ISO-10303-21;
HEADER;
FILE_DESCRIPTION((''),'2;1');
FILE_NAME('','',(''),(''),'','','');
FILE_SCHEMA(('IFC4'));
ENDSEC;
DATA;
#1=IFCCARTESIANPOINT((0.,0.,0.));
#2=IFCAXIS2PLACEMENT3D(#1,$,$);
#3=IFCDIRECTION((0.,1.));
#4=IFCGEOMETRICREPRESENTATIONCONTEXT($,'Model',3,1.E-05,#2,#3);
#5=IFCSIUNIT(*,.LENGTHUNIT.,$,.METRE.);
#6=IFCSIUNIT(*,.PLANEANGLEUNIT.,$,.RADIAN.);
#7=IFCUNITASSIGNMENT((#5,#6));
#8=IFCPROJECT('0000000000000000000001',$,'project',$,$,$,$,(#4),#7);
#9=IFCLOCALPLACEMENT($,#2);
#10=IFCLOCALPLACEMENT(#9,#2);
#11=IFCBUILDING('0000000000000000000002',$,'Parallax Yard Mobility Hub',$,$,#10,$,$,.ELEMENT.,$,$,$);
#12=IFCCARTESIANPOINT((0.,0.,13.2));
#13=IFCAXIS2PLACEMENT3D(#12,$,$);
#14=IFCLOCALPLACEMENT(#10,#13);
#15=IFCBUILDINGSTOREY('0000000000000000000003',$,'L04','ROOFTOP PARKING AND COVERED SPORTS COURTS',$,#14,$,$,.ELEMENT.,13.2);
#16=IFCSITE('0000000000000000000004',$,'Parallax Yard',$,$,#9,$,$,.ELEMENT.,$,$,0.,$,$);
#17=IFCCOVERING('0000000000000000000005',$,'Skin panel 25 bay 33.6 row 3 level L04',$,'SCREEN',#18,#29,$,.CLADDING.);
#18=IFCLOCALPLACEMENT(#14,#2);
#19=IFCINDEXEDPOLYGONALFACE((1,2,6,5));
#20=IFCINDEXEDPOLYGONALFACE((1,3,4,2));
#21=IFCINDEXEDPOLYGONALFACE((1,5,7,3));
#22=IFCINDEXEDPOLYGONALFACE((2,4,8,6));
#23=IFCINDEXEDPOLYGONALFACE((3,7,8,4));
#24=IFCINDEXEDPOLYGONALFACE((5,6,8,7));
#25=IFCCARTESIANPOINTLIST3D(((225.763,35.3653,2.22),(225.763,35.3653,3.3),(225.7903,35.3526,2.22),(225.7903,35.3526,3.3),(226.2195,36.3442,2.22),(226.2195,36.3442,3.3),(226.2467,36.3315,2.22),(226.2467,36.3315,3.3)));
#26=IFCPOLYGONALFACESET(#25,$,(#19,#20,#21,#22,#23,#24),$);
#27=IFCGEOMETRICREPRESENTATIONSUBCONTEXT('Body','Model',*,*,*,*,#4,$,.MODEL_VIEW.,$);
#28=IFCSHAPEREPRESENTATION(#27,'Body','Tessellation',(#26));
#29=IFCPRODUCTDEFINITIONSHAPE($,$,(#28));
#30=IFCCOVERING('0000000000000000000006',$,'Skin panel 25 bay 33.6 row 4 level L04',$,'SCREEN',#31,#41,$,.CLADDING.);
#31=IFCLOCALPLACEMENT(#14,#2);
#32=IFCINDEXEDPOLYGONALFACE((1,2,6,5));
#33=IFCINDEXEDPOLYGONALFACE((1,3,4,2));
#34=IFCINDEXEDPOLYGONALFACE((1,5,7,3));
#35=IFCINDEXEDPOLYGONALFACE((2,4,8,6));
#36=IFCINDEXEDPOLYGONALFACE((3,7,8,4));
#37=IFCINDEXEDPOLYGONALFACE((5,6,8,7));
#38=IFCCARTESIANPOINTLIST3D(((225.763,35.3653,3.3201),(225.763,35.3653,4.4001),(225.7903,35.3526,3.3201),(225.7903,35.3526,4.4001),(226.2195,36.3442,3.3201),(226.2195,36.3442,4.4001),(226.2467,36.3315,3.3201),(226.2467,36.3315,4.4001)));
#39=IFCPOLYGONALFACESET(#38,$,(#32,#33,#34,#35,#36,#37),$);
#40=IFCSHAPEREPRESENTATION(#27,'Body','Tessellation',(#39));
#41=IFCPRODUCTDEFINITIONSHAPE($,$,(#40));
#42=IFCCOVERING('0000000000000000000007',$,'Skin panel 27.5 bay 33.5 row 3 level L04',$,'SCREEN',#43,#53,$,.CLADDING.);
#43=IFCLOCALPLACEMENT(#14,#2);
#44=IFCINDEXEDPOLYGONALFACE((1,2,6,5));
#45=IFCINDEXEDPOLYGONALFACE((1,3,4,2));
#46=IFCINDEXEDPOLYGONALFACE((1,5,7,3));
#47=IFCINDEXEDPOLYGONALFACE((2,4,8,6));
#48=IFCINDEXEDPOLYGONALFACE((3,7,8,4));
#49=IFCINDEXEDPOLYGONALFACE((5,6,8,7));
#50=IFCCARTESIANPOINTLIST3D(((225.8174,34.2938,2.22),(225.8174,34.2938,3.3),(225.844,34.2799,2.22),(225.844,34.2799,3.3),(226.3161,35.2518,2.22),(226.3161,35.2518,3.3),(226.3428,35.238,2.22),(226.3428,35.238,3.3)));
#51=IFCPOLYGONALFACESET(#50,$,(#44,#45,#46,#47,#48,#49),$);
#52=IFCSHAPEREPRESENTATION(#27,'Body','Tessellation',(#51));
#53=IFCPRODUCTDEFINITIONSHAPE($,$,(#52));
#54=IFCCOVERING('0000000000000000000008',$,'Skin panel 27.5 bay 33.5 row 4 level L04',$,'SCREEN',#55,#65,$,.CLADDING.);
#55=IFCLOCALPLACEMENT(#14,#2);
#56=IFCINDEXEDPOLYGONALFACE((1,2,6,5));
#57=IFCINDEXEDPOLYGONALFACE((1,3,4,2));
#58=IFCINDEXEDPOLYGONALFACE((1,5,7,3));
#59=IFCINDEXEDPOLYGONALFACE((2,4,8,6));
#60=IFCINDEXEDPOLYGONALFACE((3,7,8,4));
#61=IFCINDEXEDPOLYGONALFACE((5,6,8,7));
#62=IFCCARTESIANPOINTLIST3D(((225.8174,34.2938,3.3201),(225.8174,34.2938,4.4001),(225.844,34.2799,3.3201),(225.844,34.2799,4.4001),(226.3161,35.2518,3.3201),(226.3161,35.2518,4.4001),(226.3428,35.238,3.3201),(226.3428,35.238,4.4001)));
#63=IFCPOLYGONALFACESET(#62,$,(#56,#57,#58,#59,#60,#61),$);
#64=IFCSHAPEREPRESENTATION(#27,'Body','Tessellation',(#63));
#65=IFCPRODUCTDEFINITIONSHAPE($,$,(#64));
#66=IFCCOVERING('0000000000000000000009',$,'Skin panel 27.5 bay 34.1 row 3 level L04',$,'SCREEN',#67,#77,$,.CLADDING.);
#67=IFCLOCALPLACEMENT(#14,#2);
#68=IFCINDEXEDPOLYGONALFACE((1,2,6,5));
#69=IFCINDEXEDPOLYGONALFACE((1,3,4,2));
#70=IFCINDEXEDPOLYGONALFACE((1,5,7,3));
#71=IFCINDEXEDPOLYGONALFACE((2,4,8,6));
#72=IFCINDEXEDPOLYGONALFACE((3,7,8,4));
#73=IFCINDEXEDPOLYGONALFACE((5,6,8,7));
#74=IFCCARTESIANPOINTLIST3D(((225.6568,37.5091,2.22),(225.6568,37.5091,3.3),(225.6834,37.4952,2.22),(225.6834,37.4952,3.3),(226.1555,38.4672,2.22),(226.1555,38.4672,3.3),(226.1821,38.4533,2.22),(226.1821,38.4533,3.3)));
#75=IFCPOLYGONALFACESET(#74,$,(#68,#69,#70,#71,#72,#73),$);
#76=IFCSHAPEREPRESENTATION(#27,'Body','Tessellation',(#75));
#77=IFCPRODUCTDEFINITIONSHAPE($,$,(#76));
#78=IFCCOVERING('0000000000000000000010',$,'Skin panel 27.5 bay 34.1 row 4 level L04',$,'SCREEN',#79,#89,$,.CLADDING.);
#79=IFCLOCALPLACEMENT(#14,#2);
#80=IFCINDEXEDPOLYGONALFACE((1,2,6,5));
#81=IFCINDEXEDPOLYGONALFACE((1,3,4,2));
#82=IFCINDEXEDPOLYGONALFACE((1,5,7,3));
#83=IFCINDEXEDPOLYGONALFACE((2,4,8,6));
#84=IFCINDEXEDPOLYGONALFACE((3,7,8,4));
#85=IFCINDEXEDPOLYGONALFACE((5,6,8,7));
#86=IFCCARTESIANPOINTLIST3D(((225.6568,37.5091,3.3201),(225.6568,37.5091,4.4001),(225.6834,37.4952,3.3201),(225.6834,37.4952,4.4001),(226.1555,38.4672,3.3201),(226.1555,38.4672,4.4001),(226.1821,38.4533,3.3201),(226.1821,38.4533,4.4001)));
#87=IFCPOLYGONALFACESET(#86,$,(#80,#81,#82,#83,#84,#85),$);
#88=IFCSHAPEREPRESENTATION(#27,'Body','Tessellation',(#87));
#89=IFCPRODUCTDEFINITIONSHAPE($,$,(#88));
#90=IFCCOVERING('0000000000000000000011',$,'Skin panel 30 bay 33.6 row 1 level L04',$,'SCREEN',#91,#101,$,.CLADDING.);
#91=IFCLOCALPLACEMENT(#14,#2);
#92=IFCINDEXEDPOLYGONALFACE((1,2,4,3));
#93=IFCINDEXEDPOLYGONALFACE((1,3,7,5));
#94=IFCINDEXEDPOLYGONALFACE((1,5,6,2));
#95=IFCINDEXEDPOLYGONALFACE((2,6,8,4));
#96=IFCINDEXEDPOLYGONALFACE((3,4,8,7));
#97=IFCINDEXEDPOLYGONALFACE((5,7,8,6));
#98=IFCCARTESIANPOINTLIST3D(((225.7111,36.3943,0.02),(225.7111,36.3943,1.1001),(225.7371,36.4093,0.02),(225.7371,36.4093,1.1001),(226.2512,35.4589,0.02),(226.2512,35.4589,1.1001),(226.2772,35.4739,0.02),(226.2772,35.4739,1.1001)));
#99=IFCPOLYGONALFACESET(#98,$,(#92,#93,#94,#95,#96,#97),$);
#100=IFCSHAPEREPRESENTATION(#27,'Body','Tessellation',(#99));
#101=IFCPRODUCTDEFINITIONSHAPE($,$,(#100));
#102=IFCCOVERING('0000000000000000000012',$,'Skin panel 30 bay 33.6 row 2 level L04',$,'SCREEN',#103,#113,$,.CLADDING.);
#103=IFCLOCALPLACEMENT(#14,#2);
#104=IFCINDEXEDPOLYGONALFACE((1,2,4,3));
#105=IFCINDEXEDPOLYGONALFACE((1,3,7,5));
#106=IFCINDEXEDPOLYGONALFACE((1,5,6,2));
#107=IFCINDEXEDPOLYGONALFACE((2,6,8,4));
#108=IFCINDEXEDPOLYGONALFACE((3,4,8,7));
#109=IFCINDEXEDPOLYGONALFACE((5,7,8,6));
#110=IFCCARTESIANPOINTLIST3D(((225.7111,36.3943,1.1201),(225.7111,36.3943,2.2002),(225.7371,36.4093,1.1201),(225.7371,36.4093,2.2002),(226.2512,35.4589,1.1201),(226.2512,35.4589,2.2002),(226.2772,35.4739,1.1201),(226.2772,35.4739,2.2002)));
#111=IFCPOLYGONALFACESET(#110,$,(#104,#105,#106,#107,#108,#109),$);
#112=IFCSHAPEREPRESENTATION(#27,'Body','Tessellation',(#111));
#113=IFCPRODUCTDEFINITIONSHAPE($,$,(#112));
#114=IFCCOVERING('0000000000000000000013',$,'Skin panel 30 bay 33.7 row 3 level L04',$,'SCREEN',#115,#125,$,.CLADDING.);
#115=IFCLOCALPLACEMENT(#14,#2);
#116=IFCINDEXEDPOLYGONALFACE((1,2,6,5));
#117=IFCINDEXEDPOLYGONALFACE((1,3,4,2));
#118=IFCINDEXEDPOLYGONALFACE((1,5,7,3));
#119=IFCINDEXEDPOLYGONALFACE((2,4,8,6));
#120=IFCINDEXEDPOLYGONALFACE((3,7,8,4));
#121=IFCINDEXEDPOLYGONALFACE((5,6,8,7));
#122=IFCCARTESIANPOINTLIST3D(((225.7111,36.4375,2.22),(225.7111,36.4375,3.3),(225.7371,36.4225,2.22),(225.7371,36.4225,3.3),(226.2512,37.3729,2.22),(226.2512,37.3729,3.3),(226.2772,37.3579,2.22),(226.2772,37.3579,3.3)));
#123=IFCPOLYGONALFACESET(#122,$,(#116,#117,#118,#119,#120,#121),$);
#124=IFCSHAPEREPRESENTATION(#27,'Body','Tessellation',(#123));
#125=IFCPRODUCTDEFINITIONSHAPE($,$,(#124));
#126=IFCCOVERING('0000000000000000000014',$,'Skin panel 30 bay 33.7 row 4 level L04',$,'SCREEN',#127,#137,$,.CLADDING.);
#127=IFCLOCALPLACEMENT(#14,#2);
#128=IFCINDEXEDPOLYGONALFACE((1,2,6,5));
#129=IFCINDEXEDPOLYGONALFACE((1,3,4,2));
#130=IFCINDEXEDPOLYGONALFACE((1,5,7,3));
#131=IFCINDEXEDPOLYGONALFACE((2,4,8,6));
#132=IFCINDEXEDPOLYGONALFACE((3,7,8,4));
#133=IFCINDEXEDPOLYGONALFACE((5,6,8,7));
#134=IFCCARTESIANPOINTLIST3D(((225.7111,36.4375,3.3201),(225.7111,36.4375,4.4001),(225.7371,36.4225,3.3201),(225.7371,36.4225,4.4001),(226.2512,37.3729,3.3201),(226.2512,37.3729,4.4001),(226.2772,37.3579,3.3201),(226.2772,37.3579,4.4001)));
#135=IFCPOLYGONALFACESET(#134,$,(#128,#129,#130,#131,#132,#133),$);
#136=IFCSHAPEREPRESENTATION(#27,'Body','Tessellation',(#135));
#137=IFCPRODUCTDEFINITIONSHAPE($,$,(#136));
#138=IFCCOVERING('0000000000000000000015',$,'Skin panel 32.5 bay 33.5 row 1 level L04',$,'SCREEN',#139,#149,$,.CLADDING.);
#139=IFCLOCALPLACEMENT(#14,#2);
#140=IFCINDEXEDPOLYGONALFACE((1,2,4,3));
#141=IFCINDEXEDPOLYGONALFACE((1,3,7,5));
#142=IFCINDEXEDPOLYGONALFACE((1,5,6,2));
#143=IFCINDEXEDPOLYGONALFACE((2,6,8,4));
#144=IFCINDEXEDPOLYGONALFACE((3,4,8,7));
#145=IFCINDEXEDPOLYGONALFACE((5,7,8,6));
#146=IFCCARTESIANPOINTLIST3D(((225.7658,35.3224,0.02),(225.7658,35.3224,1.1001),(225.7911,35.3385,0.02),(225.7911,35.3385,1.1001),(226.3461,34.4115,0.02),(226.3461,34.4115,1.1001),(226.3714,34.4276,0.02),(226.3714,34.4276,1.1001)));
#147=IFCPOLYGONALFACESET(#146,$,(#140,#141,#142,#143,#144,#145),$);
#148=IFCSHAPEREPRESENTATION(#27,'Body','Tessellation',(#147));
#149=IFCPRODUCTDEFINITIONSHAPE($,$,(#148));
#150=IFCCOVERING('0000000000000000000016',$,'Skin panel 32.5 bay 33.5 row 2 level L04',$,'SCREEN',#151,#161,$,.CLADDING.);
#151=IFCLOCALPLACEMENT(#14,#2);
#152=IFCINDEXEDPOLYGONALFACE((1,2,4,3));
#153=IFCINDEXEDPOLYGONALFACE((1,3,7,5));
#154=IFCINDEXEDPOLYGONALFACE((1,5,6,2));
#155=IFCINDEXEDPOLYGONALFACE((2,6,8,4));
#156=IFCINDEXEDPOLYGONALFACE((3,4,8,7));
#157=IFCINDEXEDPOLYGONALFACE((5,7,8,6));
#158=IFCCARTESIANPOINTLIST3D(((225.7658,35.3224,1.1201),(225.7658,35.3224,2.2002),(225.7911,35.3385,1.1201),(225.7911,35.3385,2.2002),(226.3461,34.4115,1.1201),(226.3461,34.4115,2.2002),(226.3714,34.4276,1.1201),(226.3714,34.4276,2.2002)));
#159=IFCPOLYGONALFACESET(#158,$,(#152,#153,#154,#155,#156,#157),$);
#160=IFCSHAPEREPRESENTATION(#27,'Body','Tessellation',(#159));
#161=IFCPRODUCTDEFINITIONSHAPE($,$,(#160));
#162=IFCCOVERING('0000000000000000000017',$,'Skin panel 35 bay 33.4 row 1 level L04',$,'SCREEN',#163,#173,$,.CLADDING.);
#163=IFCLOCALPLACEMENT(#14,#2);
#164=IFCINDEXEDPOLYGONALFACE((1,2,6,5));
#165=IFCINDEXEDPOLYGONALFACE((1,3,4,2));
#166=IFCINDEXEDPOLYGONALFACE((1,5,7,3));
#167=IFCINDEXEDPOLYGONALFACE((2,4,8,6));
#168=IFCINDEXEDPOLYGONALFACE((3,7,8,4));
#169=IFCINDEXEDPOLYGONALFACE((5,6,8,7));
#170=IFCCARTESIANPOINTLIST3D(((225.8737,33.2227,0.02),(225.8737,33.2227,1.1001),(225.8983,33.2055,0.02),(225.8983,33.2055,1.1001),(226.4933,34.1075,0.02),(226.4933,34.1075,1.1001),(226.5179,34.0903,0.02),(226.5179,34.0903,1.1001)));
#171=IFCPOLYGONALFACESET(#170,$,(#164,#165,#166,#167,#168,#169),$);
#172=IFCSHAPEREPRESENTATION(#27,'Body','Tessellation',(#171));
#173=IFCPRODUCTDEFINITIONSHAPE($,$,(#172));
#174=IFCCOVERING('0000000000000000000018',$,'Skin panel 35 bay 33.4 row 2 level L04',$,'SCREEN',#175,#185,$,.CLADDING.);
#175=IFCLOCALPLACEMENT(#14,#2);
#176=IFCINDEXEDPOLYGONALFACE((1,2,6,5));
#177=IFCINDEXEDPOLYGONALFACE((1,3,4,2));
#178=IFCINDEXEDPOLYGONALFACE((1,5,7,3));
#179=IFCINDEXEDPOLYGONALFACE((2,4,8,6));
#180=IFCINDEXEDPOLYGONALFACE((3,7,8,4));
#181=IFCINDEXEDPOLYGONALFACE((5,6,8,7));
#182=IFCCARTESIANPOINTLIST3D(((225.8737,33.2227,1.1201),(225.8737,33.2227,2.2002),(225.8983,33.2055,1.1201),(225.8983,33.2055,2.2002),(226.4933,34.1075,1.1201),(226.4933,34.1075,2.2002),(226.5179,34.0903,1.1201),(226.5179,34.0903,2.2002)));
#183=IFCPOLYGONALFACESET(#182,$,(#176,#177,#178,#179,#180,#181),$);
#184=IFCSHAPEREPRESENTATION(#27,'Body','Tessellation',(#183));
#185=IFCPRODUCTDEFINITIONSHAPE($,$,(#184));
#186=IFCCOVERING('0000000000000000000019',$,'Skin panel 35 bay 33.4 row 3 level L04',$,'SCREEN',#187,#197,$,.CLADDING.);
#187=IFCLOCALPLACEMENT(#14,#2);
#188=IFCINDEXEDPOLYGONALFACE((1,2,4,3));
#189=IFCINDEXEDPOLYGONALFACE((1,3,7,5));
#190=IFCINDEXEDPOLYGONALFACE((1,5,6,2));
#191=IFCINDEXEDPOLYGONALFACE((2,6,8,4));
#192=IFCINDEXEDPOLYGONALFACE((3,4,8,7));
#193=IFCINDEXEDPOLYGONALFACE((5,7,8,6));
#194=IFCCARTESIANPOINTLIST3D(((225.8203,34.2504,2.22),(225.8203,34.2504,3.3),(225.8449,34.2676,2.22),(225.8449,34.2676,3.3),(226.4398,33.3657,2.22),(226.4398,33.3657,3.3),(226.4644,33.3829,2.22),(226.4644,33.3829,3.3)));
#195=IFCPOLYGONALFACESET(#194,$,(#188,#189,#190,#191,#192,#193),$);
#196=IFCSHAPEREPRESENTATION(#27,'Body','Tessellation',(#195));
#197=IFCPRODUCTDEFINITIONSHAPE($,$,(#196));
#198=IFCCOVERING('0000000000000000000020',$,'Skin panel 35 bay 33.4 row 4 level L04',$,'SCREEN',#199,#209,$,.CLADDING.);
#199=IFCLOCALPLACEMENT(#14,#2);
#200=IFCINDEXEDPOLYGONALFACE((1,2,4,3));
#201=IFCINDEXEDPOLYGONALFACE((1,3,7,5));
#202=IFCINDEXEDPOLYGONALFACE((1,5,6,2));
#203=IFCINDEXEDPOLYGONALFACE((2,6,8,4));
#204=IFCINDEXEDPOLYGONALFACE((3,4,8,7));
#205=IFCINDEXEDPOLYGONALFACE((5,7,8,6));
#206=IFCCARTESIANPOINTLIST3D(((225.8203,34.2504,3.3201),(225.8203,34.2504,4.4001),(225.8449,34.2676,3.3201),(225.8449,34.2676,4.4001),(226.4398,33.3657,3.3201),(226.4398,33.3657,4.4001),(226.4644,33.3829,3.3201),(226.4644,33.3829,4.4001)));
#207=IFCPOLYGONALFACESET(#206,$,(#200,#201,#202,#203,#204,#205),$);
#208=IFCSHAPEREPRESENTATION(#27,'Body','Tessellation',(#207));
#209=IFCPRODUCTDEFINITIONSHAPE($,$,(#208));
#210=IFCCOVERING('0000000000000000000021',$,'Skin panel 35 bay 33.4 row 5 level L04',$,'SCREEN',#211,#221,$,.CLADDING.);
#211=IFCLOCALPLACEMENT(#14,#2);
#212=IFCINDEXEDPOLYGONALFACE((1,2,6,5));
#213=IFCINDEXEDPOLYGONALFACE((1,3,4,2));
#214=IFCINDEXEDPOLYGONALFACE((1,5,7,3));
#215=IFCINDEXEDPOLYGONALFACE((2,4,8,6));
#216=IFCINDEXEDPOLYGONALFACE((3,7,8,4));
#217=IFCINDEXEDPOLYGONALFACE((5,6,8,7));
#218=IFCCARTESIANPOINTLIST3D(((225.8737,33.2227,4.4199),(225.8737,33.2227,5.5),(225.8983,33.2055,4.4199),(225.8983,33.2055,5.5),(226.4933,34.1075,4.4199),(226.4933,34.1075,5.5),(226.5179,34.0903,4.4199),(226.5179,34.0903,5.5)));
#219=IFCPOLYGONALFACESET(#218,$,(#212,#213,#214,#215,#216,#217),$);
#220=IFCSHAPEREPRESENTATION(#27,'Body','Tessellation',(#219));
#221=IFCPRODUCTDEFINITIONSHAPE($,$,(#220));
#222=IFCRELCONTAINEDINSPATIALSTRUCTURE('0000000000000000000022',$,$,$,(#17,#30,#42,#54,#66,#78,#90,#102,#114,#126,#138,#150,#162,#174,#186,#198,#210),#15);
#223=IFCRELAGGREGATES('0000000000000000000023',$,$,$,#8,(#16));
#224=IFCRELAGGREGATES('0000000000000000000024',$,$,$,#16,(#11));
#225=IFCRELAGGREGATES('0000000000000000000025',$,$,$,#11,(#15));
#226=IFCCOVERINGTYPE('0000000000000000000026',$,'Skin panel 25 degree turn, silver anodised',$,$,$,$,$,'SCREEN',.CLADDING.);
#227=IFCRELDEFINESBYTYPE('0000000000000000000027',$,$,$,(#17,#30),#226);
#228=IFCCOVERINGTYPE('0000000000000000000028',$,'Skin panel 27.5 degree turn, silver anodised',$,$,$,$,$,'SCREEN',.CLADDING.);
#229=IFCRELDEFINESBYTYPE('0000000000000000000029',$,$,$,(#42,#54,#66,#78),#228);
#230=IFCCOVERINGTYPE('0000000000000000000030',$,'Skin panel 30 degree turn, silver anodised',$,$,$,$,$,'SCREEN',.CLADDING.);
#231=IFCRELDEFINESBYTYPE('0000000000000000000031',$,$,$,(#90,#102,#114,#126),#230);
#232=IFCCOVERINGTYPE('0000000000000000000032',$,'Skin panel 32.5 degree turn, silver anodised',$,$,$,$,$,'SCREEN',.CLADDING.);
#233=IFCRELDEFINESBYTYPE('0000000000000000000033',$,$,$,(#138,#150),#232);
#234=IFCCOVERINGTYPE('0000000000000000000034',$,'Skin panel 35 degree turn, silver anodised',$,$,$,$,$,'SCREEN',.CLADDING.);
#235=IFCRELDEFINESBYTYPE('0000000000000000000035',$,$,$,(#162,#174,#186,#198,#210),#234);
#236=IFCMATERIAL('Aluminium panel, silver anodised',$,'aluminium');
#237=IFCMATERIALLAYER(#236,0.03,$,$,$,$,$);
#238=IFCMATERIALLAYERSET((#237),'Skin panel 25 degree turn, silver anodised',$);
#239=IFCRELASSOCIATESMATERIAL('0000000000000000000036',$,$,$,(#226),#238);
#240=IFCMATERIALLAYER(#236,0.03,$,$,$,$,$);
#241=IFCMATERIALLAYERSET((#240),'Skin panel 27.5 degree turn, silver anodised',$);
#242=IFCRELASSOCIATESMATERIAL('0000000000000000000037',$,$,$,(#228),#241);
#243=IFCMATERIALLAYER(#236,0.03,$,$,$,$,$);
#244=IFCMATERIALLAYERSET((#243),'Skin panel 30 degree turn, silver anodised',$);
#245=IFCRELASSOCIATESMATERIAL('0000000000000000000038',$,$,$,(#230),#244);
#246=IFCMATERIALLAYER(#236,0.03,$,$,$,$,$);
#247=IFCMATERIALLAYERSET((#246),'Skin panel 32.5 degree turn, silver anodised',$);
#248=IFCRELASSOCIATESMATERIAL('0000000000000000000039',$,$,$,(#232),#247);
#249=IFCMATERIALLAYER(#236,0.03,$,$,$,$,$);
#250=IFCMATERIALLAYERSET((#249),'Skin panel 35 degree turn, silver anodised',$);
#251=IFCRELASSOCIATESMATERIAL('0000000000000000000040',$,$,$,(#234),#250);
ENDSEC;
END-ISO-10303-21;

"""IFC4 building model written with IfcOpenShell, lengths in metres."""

from ifc_helpers import new_model, si_unit, direction, frame, origin, origin_2d, place, context, subcontext, project, spatial, rectangle, extrude, material, layer, layer_set, type_object, element, save


model = new_model("IFC4")

# Units and contexts
model_context = context("Model", 3, precision=1e-05, world=origin(), true_north=direction((0.0, 1.0)))
body_context = subcontext(model_context, "Body", "Model", "MODEL_VIEW")
ifc_project = project(units=[si_unit("LENGTHUNIT", "METRE"), si_unit("PLANEANGLEUNIT", "RADIAN")], contexts=[model_context])

# Site, building, storey
site_placement = place(None, origin())
site = spatial("IfcSite", under=ifc_project, at=site_placement, Name="Parallax Yard", CompositionType="ELEMENT", RefElevation=0.0)
building_placement = place(site_placement, origin())
building = spatial("IfcBuilding", under=site, at=building_placement, Name="Parallax Yard Mobility Hub", CompositionType="ELEMENT")
storey_placement = place(building_placement, frame((0.0, 0.0, 13.2)))
storey = spatial("IfcBuildingStorey", under=building, at=storey_placement, Name="L04", Description="ROOFTOP PARKING AND COVERED SPORTS COURTS", CompositionType="ELEMENT", Elevation=13.2)

# Coverings
ifc_material_1 = material(Name="Aluminium panel, silver anodised", Category="aluminium")
ifc_layer_1 = layer(ifc_material_1, 0.03)
ifc_layer_set_1 = layer_set([ifc_layer_1], Name="Skin panel 25 degree turn, silver anodised")
covering_type_1 = type_object("IfcCoveringType", Name="Skin panel 25 degree turn, silver anodised", ElementType="SCREEN", PredefinedType="CLADDING", material=ifc_layer_set_1)
for number, where, z_axis, x_axis, name in (
    (1, (226.0049, 35.8484, 2.22), (0.0, 0.0, 1.0), (0.422618, 0.906308, 0.0), "Skin panel 25 bay 33.6 row 3 level L04"),
    (2, (226.0049, 35.8484, 3.3201), (0.0, 0.0, 1.0), (0.422618, 0.906308, 0.0), "Skin panel 25 bay 33.6 row 4 level L04"),
):
    element("IfcCovering", number, at=place(storey_placement, frame(where, z_axis=z_axis, x_axis=x_axis)), inside=storey, type_object=covering_type_1, Name=name, ObjectType="SCREEN", PredefinedType="CLADDING", context=body_context, shape_type="SweptSolid", body=[
        extrude(rectangle(XDim=1.0801, YDim=0.03, at=origin_2d()), origin(), (0.0, 0.0, 1.0), 1.0801),
    ])
ifc_layer_2 = layer(ifc_material_1, 0.03)
ifc_layer_set_2 = layer_set([ifc_layer_2], Name="Skin panel 27.5 degree turn, silver anodised")
covering_type_2 = type_object("IfcCoveringType", Name="Skin panel 27.5 degree turn, silver anodised", ElementType="SCREEN", PredefinedType="CLADDING", material=ifc_layer_set_2)
for number, where, z_axis, x_axis, name in (
    (3, (226.0801, 34.7659, 2.22), (0.0, 0.0, 1.0), (0.461749, 0.887011, 0.0), "Skin panel 27.5 bay 33.5 row 3 level L04"),
    (4, (226.0801, 34.7659, 3.3201), (0.0, 0.0, 1.0), (0.461749, 0.887011, 0.0), "Skin panel 27.5 bay 33.5 row 4 level L04"),
    (5, (225.9194, 37.9812, 2.22), (0.0, 0.0, 1.0), (0.461749, 0.887011, 0.0), "Skin panel 27.5 bay 34.1 row 3 level L04"),
    (6, (225.9194, 37.9812, 3.3201), (0.0, 0.0, 1.0), (0.461749, 0.887011, 0.0), "Skin panel 27.5 bay 34.1 row 4 level L04"),
):
    element("IfcCovering", number, at=place(storey_placement, frame(where, z_axis=z_axis, x_axis=x_axis)), inside=storey, type_object=covering_type_2, Name=name, ObjectType="SCREEN", PredefinedType="CLADDING", context=body_context, shape_type="SweptSolid", body=[
        extrude(rectangle(XDim=1.0801, YDim=0.03, at=origin_2d()), origin(), (0.0, 0.0, 1.0), 1.0801),
    ])
ifc_layer_3 = layer(ifc_material_1, 0.03)
ifc_layer_set_3 = layer_set([ifc_layer_3], Name="Skin panel 30 degree turn, silver anodised")
covering_type_3 = type_object("IfcCoveringType", Name="Skin panel 30 degree turn, silver anodised", ElementType="SCREEN", PredefinedType="CLADDING", material=ifc_layer_set_3)
for number, where, z_axis, x_axis, name in (
    (7, (225.9941, 35.9341, 0.02), (0.0, 0.0, 1.0), (0.5, -0.866025, 0.0), "Skin panel 30 bay 33.6 row 1 level L04"),
    (8, (225.9941, 35.9341, 1.1201), (0.0, 0.0, 1.0), (0.5, -0.866025, 0.0), "Skin panel 30 bay 33.6 row 2 level L04"),
    (9, (225.9941, 36.8977, 2.22), (0.0, 0.0, 1.0), (0.5, 0.866025, 0.0), "Skin panel 30 bay 33.7 row 3 level L04"),
    (10, (225.9941, 36.8977, 3.3201), (0.0, 0.0, 1.0), (0.5, 0.866025, 0.0), "Skin panel 30 bay 33.7 row 4 level L04"),
):
    element("IfcCovering", number, at=place(storey_placement, frame(where, z_axis=z_axis, x_axis=x_axis)), inside=storey, type_object=covering_type_3, Name=name, ObjectType="SCREEN", PredefinedType="CLADDING", context=body_context, shape_type="SweptSolid", body=[
        extrude(rectangle(XDim=1.0801, YDim=0.03, at=origin_2d()), origin(), (0.0, 0.0, 1.0), 1.0801),
    ])
ifc_layer_4 = layer(ifc_material_1, 0.03)
ifc_layer_set_4 = layer_set([ifc_layer_4], Name="Skin panel 32.5 degree turn, silver anodised")
covering_type_4 = type_object("IfcCoveringType", Name="Skin panel 32.5 degree turn, silver anodised", ElementType="SCREEN", PredefinedType="CLADDING", material=ifc_layer_set_4)
for number, where, z_axis, x_axis, name in (
    (11, (226.0686, 34.875, 0.02), (0.0, 0.0, 1.0), (0.5373, -0.843391, 0.0), "Skin panel 32.5 bay 33.5 row 1 level L04"),
    (12, (226.0686, 34.875, 1.1201), (0.0, 0.0, 1.0), (0.5373, -0.843391, 0.0), "Skin panel 32.5 bay 33.5 row 2 level L04"),
):
    element("IfcCovering", number, at=place(storey_placement, frame(where, z_axis=z_axis, x_axis=x_axis)), inside=storey, type_object=covering_type_4, Name=name, ObjectType="SCREEN", PredefinedType="CLADDING", context=body_context, shape_type="SweptSolid", body=[
        extrude(rectangle(XDim=1.0801, YDim=0.03, at=origin_2d()), origin(), (0.0, 0.0, 1.0), 1.0801),
    ])
ifc_layer_5 = layer(ifc_material_1, 0.03)
ifc_layer_set_5 = layer_set([ifc_layer_5], Name="Skin panel 35 degree turn, silver anodised")
covering_type_5 = type_object("IfcCoveringType", Name="Skin panel 35 degree turn, silver anodised", ElementType="SCREEN", PredefinedType="CLADDING", material=ifc_layer_set_5)
for number, where, z_axis, x_axis, name in (
    (13, (226.1958, 33.6565, 0.02), (0.0, 0.0, 1.0), (0.573576, 0.819152, 0.0), "Skin panel 35 bay 33.4 row 1 level L04"),
    (14, (226.1958, 33.6565, 1.1201), (0.0, 0.0, 1.0), (0.573576, 0.819152, 0.0), "Skin panel 35 bay 33.4 row 2 level L04"),
    (15, (226.1423, 33.8167, 2.22), (0.0, 0.0, 1.0), (0.573576, -0.819152, 0.0), "Skin panel 35 bay 33.4 row 3 level L04"),
    (16, (226.1423, 33.8167, 3.3201), (0.0, 0.0, 1.0), (0.573576, -0.819152, 0.0), "Skin panel 35 bay 33.4 row 4 level L04"),
    (17, (226.1958, 33.6565, 4.4199), (0.0, 0.0, 1.0), (0.573576, 0.819152, 0.0), "Skin panel 35 bay 33.4 row 5 level L04"),
):
    element("IfcCovering", number, at=place(storey_placement, frame(where, z_axis=z_axis, x_axis=x_axis)), inside=storey, type_object=covering_type_5, Name=name, ObjectType="SCREEN", PredefinedType="CLADDING", context=body_context, shape_type="SweptSolid", body=[
        extrude(rectangle(XDim=1.0801, YDim=0.03, at=origin_2d()), origin(), (0.0, 0.0, 1.0), 1.0801),
    ])

save(model, "model.ifc")
